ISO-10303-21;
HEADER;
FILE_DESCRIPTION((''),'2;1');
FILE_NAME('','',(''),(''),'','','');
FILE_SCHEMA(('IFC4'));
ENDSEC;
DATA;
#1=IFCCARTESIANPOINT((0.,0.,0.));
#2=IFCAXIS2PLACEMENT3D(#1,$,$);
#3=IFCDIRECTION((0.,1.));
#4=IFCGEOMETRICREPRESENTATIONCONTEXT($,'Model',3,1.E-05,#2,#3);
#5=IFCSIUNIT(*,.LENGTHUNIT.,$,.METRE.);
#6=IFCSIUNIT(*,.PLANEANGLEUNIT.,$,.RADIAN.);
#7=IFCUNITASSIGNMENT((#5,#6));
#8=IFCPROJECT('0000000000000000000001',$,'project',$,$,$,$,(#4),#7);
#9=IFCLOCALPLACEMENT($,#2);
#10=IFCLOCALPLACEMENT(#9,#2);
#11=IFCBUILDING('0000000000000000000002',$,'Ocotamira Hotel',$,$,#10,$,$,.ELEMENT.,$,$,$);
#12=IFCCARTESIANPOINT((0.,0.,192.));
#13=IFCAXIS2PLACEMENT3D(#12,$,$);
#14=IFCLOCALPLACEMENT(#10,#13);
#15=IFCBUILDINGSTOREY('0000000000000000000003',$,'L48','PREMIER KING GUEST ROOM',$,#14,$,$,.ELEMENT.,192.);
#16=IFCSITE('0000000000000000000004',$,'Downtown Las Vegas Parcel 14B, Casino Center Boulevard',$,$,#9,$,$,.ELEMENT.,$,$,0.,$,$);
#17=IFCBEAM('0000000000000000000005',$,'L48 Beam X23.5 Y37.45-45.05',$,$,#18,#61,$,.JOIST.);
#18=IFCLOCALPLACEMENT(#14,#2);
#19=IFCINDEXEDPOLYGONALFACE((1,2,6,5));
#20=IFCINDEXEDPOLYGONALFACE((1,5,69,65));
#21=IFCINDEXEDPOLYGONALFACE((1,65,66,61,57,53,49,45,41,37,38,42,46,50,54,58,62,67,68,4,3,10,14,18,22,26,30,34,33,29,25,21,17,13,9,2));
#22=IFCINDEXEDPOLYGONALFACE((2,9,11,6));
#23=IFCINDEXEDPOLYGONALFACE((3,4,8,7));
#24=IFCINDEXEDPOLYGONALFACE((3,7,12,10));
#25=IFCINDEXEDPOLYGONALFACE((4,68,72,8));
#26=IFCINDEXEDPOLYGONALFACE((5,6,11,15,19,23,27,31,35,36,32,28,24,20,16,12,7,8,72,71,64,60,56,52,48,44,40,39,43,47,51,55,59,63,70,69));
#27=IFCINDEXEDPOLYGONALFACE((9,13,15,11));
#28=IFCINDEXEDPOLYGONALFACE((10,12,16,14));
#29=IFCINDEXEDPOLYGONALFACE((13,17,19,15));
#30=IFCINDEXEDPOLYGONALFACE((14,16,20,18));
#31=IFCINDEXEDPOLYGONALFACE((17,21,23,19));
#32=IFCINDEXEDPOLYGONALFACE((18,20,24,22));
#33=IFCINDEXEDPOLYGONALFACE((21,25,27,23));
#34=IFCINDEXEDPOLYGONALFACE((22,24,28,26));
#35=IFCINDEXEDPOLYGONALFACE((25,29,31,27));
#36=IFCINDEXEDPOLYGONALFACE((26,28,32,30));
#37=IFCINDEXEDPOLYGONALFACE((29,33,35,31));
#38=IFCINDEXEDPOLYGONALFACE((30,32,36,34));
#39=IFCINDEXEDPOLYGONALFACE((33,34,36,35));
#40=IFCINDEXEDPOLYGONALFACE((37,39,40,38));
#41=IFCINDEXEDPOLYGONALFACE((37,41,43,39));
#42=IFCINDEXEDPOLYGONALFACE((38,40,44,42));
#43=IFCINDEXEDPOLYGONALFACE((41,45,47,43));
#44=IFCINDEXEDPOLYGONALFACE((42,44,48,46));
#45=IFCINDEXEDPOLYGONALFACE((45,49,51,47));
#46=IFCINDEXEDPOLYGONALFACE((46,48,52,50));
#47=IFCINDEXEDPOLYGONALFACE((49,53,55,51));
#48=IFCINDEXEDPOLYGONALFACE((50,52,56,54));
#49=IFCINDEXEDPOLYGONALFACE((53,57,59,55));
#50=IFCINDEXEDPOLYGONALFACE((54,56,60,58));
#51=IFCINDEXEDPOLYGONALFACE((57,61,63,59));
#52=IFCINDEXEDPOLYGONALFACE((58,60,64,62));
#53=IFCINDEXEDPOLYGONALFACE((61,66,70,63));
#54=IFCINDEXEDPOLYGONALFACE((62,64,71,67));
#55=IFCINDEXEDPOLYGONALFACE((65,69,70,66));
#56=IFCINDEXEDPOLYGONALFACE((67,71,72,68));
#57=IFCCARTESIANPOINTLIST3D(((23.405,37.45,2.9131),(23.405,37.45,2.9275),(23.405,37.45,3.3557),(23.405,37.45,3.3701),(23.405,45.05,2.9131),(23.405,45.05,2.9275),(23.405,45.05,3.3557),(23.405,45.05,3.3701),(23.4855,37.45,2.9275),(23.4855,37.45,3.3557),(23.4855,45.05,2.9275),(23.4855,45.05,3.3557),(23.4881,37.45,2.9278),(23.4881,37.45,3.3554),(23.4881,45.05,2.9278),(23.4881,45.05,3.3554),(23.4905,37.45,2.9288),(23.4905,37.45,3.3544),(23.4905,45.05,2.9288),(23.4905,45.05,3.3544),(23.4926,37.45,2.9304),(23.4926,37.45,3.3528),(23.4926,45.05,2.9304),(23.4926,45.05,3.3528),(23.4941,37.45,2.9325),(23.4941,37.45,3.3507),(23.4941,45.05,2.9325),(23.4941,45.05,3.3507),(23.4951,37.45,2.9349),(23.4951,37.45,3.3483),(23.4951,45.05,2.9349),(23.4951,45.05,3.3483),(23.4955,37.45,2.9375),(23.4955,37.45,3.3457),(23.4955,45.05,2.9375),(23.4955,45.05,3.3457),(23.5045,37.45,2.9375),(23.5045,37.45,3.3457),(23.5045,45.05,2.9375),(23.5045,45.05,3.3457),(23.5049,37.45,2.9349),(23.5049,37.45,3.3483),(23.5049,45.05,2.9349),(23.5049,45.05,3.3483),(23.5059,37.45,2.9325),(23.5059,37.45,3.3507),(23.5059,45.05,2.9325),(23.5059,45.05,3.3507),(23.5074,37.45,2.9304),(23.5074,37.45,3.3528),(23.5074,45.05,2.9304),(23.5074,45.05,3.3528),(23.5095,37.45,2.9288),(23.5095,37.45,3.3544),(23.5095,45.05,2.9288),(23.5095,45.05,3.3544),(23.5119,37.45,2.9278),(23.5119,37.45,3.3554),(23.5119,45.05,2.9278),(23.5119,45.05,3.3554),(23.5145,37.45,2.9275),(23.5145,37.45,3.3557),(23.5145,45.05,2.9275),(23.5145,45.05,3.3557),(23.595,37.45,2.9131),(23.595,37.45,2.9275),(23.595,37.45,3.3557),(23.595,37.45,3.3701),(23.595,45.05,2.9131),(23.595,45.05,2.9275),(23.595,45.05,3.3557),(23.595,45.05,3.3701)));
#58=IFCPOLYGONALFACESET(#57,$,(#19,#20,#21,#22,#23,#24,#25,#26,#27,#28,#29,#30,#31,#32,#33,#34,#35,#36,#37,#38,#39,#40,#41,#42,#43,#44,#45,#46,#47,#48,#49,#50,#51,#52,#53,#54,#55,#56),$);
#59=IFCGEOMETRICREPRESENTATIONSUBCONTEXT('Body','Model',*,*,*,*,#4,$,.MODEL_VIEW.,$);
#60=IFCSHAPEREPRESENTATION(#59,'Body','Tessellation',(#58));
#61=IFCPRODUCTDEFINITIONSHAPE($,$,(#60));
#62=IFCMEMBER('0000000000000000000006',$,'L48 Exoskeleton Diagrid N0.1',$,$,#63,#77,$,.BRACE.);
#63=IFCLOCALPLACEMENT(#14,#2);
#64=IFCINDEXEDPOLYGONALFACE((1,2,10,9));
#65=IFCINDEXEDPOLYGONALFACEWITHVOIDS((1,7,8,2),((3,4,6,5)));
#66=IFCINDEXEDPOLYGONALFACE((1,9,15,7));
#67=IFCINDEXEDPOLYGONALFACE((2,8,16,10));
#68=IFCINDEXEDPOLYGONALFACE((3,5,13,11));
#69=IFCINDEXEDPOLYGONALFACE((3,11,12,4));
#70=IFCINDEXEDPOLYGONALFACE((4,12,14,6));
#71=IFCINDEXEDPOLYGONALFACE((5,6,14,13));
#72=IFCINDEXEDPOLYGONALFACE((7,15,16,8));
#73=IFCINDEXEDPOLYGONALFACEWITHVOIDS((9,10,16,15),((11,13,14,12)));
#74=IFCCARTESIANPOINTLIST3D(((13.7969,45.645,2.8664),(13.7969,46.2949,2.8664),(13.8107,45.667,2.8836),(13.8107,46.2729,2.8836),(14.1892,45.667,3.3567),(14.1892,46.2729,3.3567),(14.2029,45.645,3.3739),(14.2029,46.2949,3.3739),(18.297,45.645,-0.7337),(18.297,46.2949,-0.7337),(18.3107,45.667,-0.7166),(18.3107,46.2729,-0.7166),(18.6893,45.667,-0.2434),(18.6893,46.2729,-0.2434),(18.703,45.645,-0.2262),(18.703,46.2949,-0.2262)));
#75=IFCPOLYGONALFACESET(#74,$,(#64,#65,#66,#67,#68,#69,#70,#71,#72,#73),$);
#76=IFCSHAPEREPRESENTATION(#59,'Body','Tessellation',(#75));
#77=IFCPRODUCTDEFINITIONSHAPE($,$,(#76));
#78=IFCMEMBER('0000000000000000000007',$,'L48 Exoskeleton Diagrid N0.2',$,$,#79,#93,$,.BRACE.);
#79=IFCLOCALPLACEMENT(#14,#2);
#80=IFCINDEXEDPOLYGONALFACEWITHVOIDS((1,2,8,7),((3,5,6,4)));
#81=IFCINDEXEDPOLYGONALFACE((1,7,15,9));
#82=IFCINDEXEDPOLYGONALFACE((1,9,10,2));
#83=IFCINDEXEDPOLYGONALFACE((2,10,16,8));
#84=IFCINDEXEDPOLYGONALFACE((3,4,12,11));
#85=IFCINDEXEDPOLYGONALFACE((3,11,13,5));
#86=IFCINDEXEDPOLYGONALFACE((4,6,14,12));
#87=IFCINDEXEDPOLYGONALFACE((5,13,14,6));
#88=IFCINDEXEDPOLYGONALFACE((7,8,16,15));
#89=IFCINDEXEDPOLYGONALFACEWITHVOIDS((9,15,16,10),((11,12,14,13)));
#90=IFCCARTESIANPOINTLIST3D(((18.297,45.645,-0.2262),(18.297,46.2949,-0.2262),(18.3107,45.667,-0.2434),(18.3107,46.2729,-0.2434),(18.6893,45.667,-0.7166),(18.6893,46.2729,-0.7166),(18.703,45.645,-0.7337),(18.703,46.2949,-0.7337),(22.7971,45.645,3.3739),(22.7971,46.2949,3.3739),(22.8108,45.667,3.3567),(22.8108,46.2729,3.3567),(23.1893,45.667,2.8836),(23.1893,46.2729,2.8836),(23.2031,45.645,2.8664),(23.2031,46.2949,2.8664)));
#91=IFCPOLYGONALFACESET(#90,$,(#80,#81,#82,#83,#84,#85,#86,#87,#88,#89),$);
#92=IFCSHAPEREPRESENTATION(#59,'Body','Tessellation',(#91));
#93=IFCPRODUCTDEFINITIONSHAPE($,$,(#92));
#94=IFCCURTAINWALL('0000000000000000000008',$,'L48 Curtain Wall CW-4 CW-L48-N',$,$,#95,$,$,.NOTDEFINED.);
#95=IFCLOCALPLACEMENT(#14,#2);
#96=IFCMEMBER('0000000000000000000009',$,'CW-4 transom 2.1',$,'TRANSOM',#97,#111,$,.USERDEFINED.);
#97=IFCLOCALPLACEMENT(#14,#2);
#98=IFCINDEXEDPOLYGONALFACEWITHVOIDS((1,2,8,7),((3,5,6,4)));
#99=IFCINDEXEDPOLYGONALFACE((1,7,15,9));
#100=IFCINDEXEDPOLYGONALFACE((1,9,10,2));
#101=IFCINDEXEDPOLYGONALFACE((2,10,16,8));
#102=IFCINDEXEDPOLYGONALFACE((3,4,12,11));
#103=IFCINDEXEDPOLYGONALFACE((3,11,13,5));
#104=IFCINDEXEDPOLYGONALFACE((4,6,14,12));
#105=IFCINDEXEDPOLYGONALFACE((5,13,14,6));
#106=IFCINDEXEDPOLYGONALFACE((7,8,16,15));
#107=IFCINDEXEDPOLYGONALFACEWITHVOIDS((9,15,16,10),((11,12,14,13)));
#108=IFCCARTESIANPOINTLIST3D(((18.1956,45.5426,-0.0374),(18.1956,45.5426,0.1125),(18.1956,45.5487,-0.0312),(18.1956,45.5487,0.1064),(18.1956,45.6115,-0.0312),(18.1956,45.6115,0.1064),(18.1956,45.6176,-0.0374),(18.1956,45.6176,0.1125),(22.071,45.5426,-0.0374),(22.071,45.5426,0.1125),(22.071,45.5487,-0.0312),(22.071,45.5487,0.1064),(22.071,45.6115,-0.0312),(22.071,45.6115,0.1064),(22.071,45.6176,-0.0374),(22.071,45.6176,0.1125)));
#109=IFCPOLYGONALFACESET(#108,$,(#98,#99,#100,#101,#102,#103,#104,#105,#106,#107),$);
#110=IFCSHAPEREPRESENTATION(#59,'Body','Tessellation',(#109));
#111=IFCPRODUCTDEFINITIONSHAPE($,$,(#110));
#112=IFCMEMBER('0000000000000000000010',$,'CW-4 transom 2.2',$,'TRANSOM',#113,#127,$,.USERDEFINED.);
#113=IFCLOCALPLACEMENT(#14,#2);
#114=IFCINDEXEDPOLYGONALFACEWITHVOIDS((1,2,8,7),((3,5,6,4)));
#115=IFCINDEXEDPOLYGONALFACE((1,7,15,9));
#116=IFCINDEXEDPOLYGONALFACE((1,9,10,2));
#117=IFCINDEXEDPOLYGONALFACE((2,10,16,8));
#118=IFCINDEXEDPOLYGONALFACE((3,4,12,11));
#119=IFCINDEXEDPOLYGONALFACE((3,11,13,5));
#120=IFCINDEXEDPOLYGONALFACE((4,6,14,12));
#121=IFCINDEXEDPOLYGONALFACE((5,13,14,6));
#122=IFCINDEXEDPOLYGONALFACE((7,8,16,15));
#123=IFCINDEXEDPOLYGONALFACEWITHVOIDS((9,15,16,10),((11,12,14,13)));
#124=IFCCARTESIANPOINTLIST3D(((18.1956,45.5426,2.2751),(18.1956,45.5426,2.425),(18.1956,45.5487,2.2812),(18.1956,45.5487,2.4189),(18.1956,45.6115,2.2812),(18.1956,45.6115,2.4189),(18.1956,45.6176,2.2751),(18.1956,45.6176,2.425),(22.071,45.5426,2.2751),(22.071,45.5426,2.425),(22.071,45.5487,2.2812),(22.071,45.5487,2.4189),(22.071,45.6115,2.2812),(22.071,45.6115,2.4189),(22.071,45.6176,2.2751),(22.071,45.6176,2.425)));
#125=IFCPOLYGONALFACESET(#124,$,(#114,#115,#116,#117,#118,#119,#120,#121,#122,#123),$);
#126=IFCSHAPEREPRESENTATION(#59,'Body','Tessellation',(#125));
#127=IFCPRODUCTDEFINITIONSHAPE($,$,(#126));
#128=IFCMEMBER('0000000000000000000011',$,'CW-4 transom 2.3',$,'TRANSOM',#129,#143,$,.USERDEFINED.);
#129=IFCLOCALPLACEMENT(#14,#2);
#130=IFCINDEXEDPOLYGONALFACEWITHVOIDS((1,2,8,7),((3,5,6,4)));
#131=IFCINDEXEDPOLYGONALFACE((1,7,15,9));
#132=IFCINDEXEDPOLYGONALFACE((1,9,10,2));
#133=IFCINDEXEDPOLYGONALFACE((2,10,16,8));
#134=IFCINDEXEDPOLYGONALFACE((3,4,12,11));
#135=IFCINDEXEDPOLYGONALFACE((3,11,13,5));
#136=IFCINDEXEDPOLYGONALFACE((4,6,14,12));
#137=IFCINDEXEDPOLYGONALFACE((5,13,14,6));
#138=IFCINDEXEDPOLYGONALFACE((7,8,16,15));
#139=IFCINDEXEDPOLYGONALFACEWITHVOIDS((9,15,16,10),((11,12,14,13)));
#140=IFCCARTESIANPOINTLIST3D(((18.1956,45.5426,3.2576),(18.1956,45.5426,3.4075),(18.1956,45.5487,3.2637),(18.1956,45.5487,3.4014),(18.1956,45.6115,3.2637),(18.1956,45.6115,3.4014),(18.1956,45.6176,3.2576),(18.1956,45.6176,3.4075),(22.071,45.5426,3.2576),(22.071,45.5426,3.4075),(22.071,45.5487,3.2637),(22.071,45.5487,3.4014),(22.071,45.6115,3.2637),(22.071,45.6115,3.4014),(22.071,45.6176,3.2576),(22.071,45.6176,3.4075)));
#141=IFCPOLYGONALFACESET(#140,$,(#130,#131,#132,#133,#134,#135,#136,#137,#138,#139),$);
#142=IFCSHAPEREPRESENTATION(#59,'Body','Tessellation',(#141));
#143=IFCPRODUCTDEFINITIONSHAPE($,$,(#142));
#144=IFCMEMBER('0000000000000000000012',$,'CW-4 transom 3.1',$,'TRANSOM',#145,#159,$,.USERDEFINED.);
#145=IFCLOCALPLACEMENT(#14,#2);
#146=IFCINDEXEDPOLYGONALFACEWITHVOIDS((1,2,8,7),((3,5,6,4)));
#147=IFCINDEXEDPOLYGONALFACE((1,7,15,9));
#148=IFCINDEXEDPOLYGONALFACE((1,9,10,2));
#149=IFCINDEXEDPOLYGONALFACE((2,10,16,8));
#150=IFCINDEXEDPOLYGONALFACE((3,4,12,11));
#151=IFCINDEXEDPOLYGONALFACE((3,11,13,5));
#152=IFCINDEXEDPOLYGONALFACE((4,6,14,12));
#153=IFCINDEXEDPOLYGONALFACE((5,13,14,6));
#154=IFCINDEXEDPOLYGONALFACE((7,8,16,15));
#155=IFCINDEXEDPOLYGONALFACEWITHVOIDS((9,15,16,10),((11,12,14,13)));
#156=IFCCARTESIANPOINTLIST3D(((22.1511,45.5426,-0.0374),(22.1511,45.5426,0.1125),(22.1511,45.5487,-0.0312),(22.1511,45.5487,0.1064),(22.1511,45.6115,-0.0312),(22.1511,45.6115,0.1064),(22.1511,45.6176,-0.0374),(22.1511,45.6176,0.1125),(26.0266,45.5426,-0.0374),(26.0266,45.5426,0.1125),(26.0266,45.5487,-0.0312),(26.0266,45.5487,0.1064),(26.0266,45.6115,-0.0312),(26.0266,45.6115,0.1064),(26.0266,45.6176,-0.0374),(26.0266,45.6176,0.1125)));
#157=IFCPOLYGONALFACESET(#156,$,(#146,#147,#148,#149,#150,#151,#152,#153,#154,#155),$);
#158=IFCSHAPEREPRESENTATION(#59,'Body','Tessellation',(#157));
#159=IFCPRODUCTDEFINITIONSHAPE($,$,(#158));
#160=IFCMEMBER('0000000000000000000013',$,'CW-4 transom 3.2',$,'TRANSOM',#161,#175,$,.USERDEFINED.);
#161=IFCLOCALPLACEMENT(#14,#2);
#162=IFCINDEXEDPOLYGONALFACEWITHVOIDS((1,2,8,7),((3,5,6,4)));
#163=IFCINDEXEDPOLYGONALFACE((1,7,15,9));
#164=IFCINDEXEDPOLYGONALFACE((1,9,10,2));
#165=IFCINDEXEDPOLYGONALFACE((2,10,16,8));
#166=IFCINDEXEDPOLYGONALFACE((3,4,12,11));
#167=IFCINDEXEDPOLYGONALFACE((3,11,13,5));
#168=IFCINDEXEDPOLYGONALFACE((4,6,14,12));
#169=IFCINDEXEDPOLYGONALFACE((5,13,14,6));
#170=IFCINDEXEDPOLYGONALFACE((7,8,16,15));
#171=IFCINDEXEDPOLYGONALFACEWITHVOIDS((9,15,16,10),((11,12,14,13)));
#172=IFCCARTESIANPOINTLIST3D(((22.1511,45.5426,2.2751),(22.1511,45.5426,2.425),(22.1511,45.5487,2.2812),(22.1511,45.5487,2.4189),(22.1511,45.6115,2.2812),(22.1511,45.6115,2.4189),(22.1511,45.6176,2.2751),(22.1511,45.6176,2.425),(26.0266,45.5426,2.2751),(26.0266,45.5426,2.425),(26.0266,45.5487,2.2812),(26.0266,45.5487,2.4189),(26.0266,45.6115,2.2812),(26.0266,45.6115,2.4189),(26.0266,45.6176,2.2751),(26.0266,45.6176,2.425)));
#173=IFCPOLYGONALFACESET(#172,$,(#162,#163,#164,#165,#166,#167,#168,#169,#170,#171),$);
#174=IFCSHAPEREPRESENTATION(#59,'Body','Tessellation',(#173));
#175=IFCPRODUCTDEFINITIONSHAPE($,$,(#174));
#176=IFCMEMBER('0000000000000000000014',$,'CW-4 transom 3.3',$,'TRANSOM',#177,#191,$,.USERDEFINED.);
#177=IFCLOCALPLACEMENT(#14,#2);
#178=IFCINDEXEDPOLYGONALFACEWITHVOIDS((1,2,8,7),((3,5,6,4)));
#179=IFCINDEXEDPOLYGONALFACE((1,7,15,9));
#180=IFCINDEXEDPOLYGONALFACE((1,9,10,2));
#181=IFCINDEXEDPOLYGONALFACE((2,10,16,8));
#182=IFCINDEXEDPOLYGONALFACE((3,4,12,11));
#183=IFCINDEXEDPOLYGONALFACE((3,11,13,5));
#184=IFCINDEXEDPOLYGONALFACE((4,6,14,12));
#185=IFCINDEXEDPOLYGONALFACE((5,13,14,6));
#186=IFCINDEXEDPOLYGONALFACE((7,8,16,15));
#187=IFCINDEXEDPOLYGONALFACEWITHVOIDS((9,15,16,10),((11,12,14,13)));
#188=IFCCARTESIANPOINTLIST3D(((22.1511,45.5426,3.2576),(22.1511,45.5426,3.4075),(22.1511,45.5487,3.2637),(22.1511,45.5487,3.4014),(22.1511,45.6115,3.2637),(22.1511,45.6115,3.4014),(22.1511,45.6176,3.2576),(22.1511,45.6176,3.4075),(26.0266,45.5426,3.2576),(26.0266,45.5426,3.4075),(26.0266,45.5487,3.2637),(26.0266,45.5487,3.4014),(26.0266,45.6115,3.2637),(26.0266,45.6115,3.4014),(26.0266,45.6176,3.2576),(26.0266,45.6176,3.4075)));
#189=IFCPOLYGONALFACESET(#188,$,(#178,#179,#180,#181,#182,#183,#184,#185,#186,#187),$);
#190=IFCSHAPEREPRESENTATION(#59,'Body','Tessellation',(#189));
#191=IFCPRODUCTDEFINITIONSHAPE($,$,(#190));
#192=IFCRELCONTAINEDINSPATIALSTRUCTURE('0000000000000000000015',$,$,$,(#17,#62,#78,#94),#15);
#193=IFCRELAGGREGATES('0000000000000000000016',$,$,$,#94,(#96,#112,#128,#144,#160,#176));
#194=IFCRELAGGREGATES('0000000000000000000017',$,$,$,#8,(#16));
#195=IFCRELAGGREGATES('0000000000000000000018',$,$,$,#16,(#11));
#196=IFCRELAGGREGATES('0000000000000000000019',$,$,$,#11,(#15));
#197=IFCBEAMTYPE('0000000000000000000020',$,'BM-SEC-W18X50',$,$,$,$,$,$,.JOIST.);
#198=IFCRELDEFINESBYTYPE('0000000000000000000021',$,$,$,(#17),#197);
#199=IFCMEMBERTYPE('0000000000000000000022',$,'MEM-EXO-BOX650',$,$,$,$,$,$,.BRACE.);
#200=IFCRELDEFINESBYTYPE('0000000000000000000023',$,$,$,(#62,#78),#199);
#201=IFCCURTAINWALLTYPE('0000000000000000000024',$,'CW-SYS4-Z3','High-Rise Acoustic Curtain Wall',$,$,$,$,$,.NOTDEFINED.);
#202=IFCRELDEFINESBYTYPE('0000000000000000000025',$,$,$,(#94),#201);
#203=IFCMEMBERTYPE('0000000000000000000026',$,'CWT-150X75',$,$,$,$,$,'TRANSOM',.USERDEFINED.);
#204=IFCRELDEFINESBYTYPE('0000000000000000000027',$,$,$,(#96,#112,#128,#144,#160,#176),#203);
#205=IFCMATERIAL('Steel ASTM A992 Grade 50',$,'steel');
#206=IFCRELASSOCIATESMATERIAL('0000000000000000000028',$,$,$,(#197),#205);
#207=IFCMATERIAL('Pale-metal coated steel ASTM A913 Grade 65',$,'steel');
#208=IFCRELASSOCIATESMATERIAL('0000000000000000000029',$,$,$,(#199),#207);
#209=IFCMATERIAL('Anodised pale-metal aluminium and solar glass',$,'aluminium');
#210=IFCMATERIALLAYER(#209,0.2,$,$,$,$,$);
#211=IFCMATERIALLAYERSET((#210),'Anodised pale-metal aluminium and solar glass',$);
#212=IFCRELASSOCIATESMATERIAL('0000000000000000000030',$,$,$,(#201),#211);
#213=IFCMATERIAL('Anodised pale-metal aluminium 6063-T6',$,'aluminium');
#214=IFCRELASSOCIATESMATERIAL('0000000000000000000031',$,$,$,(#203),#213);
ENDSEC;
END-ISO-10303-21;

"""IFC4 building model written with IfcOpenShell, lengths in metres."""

from ifc_helpers import new_model, si_unit, direction, frame, origin, origin_2d, place, context, subcontext, project, spatial, hollow_rectangle, i_section, extrude, source, transform, mapped, material, layer, layer_set, material_profile, profile_set, type_object, element, aggregate, save


model = new_model("IFC4")

# Units and contexts
model_context = context("Model", 3, precision=1e-05, world=origin(), true_north=direction((0.0, 1.0)))
body_context = subcontext(model_context, "Body", "Model", "MODEL_VIEW")
ifc_project = project(units=[si_unit("LENGTHUNIT", "METRE"), si_unit("PLANEANGLEUNIT", "RADIAN")], contexts=[model_context])

# Site, building, storey
site_placement = place(None, origin())
site = spatial("IfcSite", under=ifc_project, at=site_placement, Name="Downtown Las Vegas Parcel 14B, Casino Center Boulevard", CompositionType="ELEMENT", RefElevation=0.0)
building_placement = place(site_placement, origin())
building = spatial("IfcBuilding", under=site, at=building_placement, Name="Ocotamira Hotel", CompositionType="ELEMENT")
storey_placement = place(building_placement, frame((0.0, 0.0, 192.0)))
storey = spatial("IfcBuildingStorey", under=building, at=storey_placement, Name="L48", Description="PREMIER KING GUEST ROOM", CompositionType="ELEMENT", Elevation=192.0)

# Beam
ifc_material_1 = material(Name="Steel ASTM A992 Grade 50", Category="steel")
ifc_material_profile_1 = material_profile(ifc_material_1, i_section(OverallWidth=0.1899, OverallDepth=0.457, WebThickness=0.009, FlangeThickness=0.0144, FilletRadius=0.01, at=origin_2d()), Name="W18X50")
ifc_profile_set_1 = profile_set([ifc_material_profile_1], Name="Steel ASTM A992 Grade 50")
beam_type_1 = type_object("IfcBeamType", Name="BM-SEC-W18X50", PredefinedType="JOIST", material=ifc_profile_set_1)
shared_shape_1 = source(origin(), body_context, "Body", "SweptSolid", [
    extrude(i_section(OverallWidth=0.1899, OverallDepth=0.457, WebThickness=0.009, FlangeThickness=0.0144, FilletRadius=0.01, at=origin_2d()), origin(), (0.0, 0.0, 1.0), 7.6001),
])
beam_1_placement = place(storey_placement, frame((23.5, 37.45, 3.1416), z_axis=(0.0, 1.0, 0.0), x_axis=(-1.0, 0.0, 0.0)))
element("IfcBeam", 1, at=beam_1_placement, inside=storey, type_object=beam_type_1, Name="L48 Beam X23.5 Y37.45-45.05", PredefinedType="JOIST", context=body_context, shape_type="MappedRepresentation", body=[
    mapped(shared_shape_1, transform((0.0, 0.0, 0.0), scale=1.0)),
])

# Members
ifc_material_2 = material(Name="Pale-metal coated steel ASTM A913 Grade 65", Category="steel")
ifc_material_profile_2 = material_profile(ifc_material_2, hollow_rectangle(XDim=0.6499, YDim=0.6499, WallThickness=0.022, at=origin_2d()), Name="BOX650X650X22")
ifc_profile_set_2 = profile_set([ifc_material_profile_2], Name="Pale-metal coated steel ASTM A913 Grade 65")
member_type_1 = type_object("IfcMemberType", Name="MEM-EXO-BOX650", PredefinedType="BRACE", material=ifc_profile_set_2)
shared_shape_2 = source(origin(), body_context, "Body", "SweptSolid", [
    extrude(hollow_rectangle(XDim=0.6499, YDim=0.6499, WallThickness=0.022, at=origin_2d()), origin(), (0.0, 0.0, 1.0), 5.7629),
])
for number, where, z_axis, x_axis, name in (
    (2, (18.5, 45.97, -0.48), (-0.780861, 0.0, 0.624705), (0.0, -1.0, 0.0), "L48 Exoskeleton Diagrid N0.1"),
    (3, (18.5, 45.97, -0.48), (0.780861, 0.0, 0.624705), (0.0, 1.0, 0.0), "L48 Exoskeleton Diagrid N0.2"),
):
    element("IfcMember", number, at=place(storey_placement, frame(where, z_axis=z_axis, x_axis=x_axis)), inside=storey, type_object=member_type_1, Name=name, PredefinedType="BRACE", context=body_context, shape_type="MappedRepresentation", body=[
        mapped(shared_shape_2, transform((0.0, 0.0, 0.0), scale=1.0)),
    ])

# Curtain wall, members
ifc_material_3 = material(Name="Anodised pale-metal aluminium and solar glass", Category="aluminium")
ifc_layer_1 = layer(ifc_material_3, 0.2)
ifc_layer_set_1 = layer_set([ifc_layer_1], Name="Anodised pale-metal aluminium and solar glass")
curtain_wall_type = type_object("IfcCurtainWallType", Name="CW-SYS4-Z3", Description="High-Rise Acoustic Curtain Wall", PredefinedType="NOTDEFINED", material=ifc_layer_set_1)
curtain_wall_placement = place(storey_placement, origin())
curtain_wall = element("IfcCurtainWall", 4, at=curtain_wall_placement, inside=storey, type_object=curtain_wall_type, Name="L48 Curtain Wall CW-4 CW-L48-N", PredefinedType="NOTDEFINED")
ifc_material_4 = material(Name="Anodised pale-metal aluminium 6063-T6", Category="aluminium")
ifc_material_profile_3 = material_profile(ifc_material_4, hollow_rectangle(XDim=0.075, YDim=0.1499, WallThickness=0.0061, at=origin_2d()), Name="HSS150X75X6")
ifc_profile_set_3 = profile_set([ifc_material_profile_3], Name="Anodised pale-metal aluminium 6063-T6")
member_type_2 = type_object("IfcMemberType", Name="CWT-150X75", ElementType="TRANSOM", PredefinedType="USERDEFINED", material=ifc_profile_set_3)
shared_shape_3 = source(origin(), body_context, "Body", "SweptSolid", [
    extrude(hollow_rectangle(XDim=0.075, YDim=0.1499, WallThickness=0.0061, at=origin_2d()), origin(), (0.0, 0.0, 1.0), 3.8755),
])
member_1_placement = place(storey_placement, frame((18.1956, 45.5801, 0.0376), z_axis=(1.0, 0.0, 0.0), x_axis=(0.0, 1.0, 0.0)))
member_1 = element("IfcMember", 5, at=member_1_placement, type_object=member_type_2, Name="CW-4 transom 2.1", ObjectType="TRANSOM", PredefinedType="USERDEFINED", context=body_context, shape_type="MappedRepresentation", body=[
    mapped(shared_shape_3, transform((0.0, 0.0, 0.0), scale=1.0)),
])
member_2_placement = place(storey_placement, frame((18.1956, 45.5801, 2.3501), z_axis=(1.0, 0.0, 0.0), x_axis=(0.0, 1.0, 0.0)))
member_2 = element("IfcMember", 6, at=member_2_placement, type_object=member_type_2, Name="CW-4 transom 2.2", ObjectType="TRANSOM", PredefinedType="USERDEFINED", context=body_context, shape_type="MappedRepresentation", body=[
    mapped(shared_shape_3, transform((0.0, 0.0, 0.0), scale=1.0)),
])
member_3_placement = place(storey_placement, frame((18.1956, 45.5801, 3.3325), z_axis=(1.0, 0.0, 0.0), x_axis=(0.0, 1.0, 0.0)))
member_3 = element("IfcMember", 7, at=member_3_placement, type_object=member_type_2, Name="CW-4 transom 2.3", ObjectType="TRANSOM", PredefinedType="USERDEFINED", context=body_context, shape_type="MappedRepresentation", body=[
    mapped(shared_shape_3, transform((0.0, 0.0, 0.0), scale=1.0)),
])
member_4_placement = place(storey_placement, frame((22.1511, 45.5801, 0.0376), z_axis=(1.0, 0.0, 0.0), x_axis=(0.0, 1.0, 0.0)))
member_4 = element("IfcMember", 8, at=member_4_placement, type_object=member_type_2, Name="CW-4 transom 3.1", ObjectType="TRANSOM", PredefinedType="USERDEFINED", context=body_context, shape_type="MappedRepresentation", body=[
    mapped(shared_shape_3, transform((0.0, 0.0, 0.0), scale=1.0)),
])
member_5_placement = place(storey_placement, frame((22.1511, 45.5801, 2.3501), z_axis=(1.0, 0.0, 0.0), x_axis=(0.0, 1.0, 0.0)))
member_5 = element("IfcMember", 9, at=member_5_placement, type_object=member_type_2, Name="CW-4 transom 3.2", ObjectType="TRANSOM", PredefinedType="USERDEFINED", context=body_context, shape_type="MappedRepresentation", body=[
    mapped(shared_shape_3, transform((0.0, 0.0, 0.0), scale=1.0)),
])
member_6_placement = place(storey_placement, frame((22.1511, 45.5801, 3.3325), z_axis=(1.0, 0.0, 0.0), x_axis=(0.0, 1.0, 0.0)))
member_6 = element("IfcMember", 10, at=member_6_placement, type_object=member_type_2, Name="CW-4 transom 3.3", ObjectType="TRANSOM", PredefinedType="USERDEFINED", context=body_context, shape_type="MappedRepresentation", body=[
    mapped(shared_shape_3, transform((0.0, 0.0, 0.0), scale=1.0)),
])

aggregate(curtain_wall, [member_1, member_2, member_3, member_4, member_5, member_6])

save(model, "model.ifc")
